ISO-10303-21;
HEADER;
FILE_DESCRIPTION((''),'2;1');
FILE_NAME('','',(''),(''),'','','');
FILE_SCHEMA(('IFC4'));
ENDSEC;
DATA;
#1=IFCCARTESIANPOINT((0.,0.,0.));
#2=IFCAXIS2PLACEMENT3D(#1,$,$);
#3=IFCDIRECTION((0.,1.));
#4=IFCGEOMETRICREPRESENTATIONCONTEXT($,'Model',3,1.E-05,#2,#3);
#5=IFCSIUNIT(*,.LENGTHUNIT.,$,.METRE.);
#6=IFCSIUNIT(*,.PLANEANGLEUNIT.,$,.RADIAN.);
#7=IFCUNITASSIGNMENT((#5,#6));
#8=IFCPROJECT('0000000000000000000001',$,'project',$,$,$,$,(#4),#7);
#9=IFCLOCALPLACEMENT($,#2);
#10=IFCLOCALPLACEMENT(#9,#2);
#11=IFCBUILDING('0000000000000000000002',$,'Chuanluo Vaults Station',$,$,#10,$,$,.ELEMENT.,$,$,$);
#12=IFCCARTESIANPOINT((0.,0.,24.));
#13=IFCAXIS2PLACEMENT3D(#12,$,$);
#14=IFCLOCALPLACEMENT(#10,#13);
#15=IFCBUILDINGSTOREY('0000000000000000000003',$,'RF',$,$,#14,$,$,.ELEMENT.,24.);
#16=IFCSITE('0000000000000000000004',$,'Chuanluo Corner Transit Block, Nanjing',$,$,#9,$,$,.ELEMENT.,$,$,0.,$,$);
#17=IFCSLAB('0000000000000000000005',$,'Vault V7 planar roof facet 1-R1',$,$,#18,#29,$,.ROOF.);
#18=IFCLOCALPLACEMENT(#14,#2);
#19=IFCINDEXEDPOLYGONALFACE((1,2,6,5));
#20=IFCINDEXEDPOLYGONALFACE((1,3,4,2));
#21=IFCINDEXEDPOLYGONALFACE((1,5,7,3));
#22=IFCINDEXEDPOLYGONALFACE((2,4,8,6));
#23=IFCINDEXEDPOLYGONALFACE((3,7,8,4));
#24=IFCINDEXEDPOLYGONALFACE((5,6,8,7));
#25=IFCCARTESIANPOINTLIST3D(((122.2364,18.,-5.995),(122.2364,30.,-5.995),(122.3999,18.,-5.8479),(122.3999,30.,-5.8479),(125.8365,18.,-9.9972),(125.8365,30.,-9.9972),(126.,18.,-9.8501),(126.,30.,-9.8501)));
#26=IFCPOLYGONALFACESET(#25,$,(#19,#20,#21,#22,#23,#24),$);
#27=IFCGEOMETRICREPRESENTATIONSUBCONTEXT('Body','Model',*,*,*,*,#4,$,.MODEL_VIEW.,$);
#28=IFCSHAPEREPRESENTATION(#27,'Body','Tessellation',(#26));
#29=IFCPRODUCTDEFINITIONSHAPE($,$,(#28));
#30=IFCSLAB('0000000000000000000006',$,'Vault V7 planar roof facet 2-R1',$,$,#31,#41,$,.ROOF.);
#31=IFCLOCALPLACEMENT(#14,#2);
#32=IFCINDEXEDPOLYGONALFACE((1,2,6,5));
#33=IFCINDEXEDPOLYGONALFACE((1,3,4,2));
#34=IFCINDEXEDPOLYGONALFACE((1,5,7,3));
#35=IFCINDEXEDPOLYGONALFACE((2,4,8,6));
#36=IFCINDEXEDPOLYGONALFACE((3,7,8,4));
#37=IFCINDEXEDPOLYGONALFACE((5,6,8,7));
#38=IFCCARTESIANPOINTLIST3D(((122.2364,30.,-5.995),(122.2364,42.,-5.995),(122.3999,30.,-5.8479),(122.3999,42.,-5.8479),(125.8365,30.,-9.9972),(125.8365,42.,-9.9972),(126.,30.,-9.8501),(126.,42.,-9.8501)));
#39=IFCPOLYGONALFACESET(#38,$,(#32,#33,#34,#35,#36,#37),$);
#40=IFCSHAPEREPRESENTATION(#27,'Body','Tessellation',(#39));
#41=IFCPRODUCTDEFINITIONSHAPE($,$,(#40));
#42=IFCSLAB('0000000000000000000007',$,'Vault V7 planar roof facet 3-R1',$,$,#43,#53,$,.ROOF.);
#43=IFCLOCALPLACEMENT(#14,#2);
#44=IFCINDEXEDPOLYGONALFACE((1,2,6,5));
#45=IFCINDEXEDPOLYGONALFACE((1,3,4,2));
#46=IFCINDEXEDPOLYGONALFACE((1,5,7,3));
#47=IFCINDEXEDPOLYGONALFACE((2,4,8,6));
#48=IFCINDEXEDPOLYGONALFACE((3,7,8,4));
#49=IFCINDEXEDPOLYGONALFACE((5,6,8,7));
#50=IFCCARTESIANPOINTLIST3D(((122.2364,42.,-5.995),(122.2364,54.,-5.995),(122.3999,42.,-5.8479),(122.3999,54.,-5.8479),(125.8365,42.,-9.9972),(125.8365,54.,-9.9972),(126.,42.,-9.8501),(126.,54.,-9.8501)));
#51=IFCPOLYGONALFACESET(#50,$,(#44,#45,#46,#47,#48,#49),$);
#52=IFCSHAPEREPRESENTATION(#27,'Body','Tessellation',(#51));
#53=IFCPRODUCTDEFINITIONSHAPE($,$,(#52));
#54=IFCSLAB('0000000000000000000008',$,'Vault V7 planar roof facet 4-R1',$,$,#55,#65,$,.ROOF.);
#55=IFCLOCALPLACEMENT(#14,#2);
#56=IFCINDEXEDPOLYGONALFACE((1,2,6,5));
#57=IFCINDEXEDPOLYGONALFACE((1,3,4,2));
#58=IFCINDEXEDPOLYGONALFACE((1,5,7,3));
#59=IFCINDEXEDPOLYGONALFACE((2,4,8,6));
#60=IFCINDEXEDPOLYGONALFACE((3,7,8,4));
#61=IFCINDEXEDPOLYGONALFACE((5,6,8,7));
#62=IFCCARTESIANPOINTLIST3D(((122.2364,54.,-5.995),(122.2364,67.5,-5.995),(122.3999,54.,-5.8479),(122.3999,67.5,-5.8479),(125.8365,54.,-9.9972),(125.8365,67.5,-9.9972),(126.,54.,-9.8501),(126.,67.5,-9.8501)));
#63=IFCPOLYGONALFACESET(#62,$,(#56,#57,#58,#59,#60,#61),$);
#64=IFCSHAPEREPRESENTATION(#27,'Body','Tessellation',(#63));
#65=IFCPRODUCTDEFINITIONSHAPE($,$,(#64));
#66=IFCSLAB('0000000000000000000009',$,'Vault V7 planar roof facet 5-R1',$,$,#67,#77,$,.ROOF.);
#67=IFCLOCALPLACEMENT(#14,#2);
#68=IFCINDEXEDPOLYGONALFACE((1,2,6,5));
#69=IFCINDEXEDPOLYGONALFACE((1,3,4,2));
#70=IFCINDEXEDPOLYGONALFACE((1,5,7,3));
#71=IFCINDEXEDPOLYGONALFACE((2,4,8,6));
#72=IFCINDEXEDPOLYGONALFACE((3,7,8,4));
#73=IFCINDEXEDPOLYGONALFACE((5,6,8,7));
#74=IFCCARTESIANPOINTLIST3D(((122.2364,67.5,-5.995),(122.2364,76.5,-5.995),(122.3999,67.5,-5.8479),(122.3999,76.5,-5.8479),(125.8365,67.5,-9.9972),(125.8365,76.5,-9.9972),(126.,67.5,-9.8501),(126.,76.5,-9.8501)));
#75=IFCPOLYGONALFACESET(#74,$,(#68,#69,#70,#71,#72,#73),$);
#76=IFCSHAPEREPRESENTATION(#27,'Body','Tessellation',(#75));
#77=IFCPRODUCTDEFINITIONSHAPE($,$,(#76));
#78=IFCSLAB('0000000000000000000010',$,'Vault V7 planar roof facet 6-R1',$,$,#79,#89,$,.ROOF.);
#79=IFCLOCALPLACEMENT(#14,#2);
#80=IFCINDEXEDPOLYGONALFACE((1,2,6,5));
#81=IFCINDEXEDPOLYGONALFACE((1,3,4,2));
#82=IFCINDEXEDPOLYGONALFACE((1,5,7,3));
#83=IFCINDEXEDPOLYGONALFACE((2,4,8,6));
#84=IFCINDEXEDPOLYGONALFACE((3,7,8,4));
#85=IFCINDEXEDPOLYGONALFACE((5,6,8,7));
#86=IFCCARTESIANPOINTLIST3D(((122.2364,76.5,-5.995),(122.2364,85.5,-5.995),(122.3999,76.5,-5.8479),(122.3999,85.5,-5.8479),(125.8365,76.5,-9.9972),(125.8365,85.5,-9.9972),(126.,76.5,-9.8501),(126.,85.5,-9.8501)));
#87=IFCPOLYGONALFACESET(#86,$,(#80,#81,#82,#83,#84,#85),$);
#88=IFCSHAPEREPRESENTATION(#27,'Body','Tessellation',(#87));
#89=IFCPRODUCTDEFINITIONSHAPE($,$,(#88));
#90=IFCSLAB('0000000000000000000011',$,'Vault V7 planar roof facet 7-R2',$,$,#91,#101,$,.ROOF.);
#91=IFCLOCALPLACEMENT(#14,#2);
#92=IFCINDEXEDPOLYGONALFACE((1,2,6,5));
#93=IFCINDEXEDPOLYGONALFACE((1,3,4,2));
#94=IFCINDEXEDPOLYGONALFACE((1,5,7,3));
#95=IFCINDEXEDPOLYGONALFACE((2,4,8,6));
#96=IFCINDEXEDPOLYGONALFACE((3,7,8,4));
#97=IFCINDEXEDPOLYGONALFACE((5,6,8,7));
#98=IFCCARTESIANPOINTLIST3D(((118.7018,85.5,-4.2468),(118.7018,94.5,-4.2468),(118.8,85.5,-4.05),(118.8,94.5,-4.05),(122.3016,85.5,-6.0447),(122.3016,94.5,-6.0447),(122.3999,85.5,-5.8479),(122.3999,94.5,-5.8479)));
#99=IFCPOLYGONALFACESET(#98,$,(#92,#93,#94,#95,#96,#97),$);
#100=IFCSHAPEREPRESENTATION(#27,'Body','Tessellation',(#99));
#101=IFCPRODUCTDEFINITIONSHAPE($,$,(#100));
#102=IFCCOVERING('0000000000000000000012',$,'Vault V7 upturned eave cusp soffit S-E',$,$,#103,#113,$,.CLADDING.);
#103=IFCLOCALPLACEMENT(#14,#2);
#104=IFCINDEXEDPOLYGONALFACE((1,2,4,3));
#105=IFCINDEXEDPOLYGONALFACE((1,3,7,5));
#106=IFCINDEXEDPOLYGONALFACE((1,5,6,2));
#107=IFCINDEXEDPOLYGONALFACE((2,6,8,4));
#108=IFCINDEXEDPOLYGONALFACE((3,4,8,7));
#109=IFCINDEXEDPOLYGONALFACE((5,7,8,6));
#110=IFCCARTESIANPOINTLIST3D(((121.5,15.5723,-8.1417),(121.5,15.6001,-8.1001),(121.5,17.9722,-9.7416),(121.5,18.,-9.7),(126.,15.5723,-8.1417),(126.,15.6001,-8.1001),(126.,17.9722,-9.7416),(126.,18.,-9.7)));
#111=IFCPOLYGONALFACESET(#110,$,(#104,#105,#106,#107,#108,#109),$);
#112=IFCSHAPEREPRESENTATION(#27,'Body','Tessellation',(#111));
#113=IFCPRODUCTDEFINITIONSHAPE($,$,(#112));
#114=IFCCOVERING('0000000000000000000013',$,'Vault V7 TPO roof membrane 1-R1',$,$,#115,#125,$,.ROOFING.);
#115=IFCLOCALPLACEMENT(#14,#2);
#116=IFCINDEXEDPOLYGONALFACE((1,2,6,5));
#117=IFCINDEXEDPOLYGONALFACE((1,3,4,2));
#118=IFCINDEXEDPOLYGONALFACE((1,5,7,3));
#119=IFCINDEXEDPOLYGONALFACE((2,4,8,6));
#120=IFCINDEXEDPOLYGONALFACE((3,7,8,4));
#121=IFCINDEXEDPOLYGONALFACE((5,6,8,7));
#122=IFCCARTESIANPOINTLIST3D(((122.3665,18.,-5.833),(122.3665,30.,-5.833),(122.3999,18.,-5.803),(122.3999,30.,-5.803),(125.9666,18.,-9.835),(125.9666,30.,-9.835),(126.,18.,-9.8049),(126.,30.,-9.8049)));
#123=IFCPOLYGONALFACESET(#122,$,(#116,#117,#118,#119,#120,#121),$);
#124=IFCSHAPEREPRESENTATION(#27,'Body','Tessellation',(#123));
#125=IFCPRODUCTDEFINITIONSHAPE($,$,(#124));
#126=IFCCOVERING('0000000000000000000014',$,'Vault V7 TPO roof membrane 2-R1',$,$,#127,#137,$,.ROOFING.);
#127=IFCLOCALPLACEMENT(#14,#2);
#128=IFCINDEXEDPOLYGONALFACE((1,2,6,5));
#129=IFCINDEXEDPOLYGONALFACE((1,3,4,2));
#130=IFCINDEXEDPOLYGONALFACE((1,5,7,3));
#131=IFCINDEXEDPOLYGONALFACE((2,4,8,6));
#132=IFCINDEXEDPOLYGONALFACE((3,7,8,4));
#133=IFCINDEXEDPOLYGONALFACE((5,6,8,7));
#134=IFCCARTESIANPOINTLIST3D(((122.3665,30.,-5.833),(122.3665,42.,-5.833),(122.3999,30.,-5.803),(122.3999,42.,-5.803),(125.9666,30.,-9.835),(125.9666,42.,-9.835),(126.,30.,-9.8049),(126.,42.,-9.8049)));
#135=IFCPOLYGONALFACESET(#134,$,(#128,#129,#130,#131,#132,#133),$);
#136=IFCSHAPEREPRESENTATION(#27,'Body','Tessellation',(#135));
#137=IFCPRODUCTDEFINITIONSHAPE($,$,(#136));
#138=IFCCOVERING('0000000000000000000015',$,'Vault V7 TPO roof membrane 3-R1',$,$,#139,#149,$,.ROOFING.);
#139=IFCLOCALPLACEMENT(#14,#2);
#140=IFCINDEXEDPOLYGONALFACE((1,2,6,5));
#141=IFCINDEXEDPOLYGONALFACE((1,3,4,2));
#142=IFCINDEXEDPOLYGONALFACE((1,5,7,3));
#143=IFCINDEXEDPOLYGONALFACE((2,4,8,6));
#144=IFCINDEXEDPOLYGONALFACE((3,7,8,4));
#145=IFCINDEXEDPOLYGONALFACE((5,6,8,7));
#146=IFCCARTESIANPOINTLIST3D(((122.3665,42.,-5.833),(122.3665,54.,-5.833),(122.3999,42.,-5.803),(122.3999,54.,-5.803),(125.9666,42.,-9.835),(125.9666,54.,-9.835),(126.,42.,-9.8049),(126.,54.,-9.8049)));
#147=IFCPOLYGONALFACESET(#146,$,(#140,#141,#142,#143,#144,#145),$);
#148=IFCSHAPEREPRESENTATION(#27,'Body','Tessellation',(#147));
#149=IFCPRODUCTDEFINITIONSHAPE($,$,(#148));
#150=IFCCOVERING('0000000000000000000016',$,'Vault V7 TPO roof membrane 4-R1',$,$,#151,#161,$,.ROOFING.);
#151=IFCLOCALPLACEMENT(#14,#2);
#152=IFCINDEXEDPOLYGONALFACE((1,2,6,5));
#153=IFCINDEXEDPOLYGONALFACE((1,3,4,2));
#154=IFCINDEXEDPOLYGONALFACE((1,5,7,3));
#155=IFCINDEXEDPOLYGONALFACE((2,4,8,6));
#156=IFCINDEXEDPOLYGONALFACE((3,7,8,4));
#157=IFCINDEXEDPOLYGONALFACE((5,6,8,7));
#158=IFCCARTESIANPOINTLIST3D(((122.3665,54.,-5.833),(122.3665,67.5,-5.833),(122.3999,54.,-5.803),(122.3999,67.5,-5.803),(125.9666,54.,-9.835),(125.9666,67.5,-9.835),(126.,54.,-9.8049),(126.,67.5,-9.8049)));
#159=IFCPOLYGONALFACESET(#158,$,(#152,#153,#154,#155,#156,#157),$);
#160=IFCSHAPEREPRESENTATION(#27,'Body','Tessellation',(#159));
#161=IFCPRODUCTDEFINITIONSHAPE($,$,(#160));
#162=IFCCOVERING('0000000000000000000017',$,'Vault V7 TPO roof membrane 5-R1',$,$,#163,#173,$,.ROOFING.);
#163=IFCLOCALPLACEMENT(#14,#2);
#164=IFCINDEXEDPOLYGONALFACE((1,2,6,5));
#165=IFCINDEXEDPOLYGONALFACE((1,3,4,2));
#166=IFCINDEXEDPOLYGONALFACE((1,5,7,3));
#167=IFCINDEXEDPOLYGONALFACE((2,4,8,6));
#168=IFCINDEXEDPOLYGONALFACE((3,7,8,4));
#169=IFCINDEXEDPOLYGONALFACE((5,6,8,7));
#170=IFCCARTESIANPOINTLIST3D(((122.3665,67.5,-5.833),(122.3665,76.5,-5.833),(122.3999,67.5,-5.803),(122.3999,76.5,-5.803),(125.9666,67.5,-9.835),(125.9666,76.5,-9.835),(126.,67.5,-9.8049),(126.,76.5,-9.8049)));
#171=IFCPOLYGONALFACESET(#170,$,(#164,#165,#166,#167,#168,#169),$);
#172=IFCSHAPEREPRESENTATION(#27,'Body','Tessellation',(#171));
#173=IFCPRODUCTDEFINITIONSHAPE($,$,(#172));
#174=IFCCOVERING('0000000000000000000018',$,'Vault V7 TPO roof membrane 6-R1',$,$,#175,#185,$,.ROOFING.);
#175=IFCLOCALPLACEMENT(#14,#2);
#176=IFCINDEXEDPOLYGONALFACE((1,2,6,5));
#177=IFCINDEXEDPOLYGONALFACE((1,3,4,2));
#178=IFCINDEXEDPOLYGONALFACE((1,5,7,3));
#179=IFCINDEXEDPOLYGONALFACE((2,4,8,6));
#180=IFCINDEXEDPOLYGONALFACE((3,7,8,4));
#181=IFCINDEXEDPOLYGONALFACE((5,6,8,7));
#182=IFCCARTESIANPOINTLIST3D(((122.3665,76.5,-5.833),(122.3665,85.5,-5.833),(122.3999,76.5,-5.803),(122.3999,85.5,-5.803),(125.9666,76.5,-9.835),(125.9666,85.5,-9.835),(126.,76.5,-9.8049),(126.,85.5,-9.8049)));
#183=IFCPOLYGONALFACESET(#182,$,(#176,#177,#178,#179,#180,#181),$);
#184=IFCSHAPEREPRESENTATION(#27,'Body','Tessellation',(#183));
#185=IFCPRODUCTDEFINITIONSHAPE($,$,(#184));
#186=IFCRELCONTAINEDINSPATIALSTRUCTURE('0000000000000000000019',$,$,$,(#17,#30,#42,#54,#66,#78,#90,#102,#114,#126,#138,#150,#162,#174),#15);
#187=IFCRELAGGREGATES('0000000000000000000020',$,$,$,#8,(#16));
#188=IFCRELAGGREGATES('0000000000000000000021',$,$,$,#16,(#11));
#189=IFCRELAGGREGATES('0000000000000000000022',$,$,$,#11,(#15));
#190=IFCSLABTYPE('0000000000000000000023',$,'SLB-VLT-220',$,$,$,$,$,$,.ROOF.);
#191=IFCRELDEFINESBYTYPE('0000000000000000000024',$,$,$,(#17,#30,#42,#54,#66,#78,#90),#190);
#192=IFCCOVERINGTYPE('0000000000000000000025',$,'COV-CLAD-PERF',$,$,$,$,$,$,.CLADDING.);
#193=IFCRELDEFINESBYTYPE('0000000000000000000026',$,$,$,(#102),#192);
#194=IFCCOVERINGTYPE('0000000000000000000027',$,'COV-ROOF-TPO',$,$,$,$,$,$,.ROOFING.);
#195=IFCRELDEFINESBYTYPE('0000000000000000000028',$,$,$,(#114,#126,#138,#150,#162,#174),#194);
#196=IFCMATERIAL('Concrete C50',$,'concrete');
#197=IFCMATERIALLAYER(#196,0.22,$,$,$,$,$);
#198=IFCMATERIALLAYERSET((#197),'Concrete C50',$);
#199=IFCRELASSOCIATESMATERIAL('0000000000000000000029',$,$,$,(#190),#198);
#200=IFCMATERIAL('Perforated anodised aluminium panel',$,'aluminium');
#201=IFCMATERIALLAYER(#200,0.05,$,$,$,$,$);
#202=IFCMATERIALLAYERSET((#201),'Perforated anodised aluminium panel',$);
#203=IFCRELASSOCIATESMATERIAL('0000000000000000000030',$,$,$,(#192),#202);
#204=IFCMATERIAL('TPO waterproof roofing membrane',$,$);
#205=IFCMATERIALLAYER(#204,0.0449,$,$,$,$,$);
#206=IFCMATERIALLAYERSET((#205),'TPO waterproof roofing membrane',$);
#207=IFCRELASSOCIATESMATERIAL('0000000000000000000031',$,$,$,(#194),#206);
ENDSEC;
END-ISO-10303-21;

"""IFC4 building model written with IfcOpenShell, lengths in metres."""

from ifc_helpers import new_model, si_unit, direction, frame, origin, place, context, subcontext, project, spatial, polyline, outline, extrude, material, layer, layer_set, type_object, element, save


model = new_model("IFC4")

# Units and contexts
model_context = context("Model", 3, precision=1e-05, world=origin(), true_north=direction((0.0, 1.0)))
body_context = subcontext(model_context, "Body", "Model", "MODEL_VIEW")
ifc_project = project(units=[si_unit("LENGTHUNIT", "METRE"), si_unit("PLANEANGLEUNIT", "RADIAN")], contexts=[model_context])

# Site, building, storey
site_placement = place(None, origin())
site = spatial("IfcSite", under=ifc_project, at=site_placement, Name="Chuanluo Corner Transit Block, Nanjing", CompositionType="ELEMENT", RefElevation=0.0)
building_placement = place(site_placement, origin())
building = spatial("IfcBuilding", under=site, at=building_placement, Name="Chuanluo Vaults Station", CompositionType="ELEMENT")
storey_placement = place(building_placement, frame((0.0, 0.0, 24.0)))
storey = spatial("IfcBuildingStorey", under=building, at=storey_placement, Name="RF", CompositionType="ELEMENT", Elevation=24.0)

# Slabs
ifc_material_1 = material(Name="Concrete C50", Category="concrete")
ifc_layer_1 = layer(ifc_material_1, 0.22)
ifc_layer_set_1 = layer_set([ifc_layer_1], Name="Concrete C50")
slab_type = type_object("IfcSlabType", Name="SLB-VLT-220", PredefinedType="ROOF", material=ifc_layer_set_1)
for number, where, z_axis, x_axis, name in (
    (1, (122.3999, 18.0, -5.8479), (0.743468, 0.0, 0.668772), (0.668772, 0.0, -0.743468), "Vault V7 planar roof facet 1-R1"),
    (2, (122.3999, 30.0, -5.8479), (0.743468, 0.0, 0.668772), (0.668772, 0.0, -0.743468), "Vault V7 planar roof facet 2-R1"),
    (3, (122.3999, 42.0, -5.8479), (0.743468, 0.0, 0.668772), (0.668772, 0.0, -0.743468), "Vault V7 planar roof facet 3-R1"),
):
    element("IfcSlab", number, at=place(storey_placement, frame(where, z_axis=z_axis, x_axis=x_axis)), inside=storey, type_object=slab_type, Name=name, PredefinedType="ROOF", context=body_context, shape_type="SweptSolid", body=[
        extrude(outline(polyline([(0.0, 0.0), (5.3831, 0.0), (5.3831, 12.0), (0.0, 12.0), (0.0, 0.0)])), origin(), (0.0, 0.0, -1.0), 0.22),
    ])
slab_1_placement = place(storey_placement, frame((122.3999, 54.0, -5.8479), z_axis=(0.743468, 0.0, 0.668772), x_axis=(0.668772, 0.0, -0.743468)))
element("IfcSlab", 4, at=slab_1_placement, inside=storey, type_object=slab_type, Name="Vault V7 planar roof facet 4-R1", PredefinedType="ROOF", context=body_context, shape_type="SweptSolid", body=[
    extrude(outline(polyline([(0.0, 0.0), (5.3831, 0.0), (5.3831, 13.5), (0.0, 13.5), (0.0, 0.0)])), origin(), (0.0, 0.0, -1.0), 0.22),
])
for number, where, z_axis, x_axis, name in (
    (5, (122.3999, 67.5, -5.8479), (0.743468, 0.0, 0.668772), (0.668772, 0.0, -0.743468), "Vault V7 planar roof facet 5-R1"),
    (6, (122.3999, 76.5, -5.8479), (0.743468, 0.0, 0.668772), (0.668772, 0.0, -0.743468), "Vault V7 planar roof facet 6-R1"),
):
    element("IfcSlab", number, at=place(storey_placement, frame(where, z_axis=z_axis, x_axis=x_axis)), inside=storey, type_object=slab_type, Name=name, PredefinedType="ROOF", context=body_context, shape_type="SweptSolid", body=[
        extrude(outline(polyline([(0.0, 0.0), (5.3831, 0.0), (5.3831, 9.0), (0.0, 9.0), (0.0, 0.0)])), origin(), (0.0, 0.0, -1.0), 0.22),
    ])
slab_2_placement = place(storey_placement, frame((118.8, 85.5, -4.05), z_axis=(0.446801, 0.0, 0.894633), x_axis=(0.894633, 0.0, -0.446801)))
element("IfcSlab", 7, at=slab_2_placement, inside=storey, type_object=slab_type, Name="Vault V7 planar roof facet 7-R2", PredefinedType="ROOF", context=body_context, shape_type="SweptSolid", body=[
    extrude(outline(polyline([(0.0, 0.0), (4.0238, 0.0), (4.0238, 9.0), (0.0, 9.0), (0.0, 0.0)])), origin(), (0.0, 0.0, -1.0), 0.22),
])

# Coverings
ifc_material_2 = material(Name="Perforated anodised aluminium panel", Category="aluminium")
ifc_layer_2 = layer(ifc_material_2, 0.05)
ifc_layer_set_2 = layer_set([ifc_layer_2], Name="Perforated anodised aluminium panel")
covering_type_1 = type_object("IfcCoveringType", Name="COV-CLAD-PERF", PredefinedType="CLADDING", material=ifc_layer_set_2)
covering_1_placement = place(storey_placement, frame((121.5, 18.0, -9.7), z_axis=(0.0, 0.554681, 0.832063), x_axis=(1.0, 0.0, 0.0)))
element("IfcCovering", 8, at=covering_1_placement, inside=storey, type_object=covering_type_1, Name="Vault V7 upturned eave cusp soffit S-E", PredefinedType="CLADDING", context=body_context, shape_type="SweptSolid", body=[
    extrude(outline(polyline([(0.0, 0.0), (4.5, 0.0), (4.5, -2.8843), (0.0, -2.8843), (0.0, 0.0)])), origin(), (0.0, 0.0, -1.0), 0.05),
])
ifc_material_3 = material(Name="TPO waterproof roofing membrane")
ifc_layer_3 = layer(ifc_material_3, 0.0449)
ifc_layer_set_3 = layer_set([ifc_layer_3], Name="TPO waterproof roofing membrane")
covering_type_2 = type_object("IfcCoveringType", Name="COV-ROOF-TPO", PredefinedType="ROOFING", material=ifc_layer_set_3)
for number, where, z_axis, x_axis, name in (
    (9, (122.3999, 18.0, -5.803), (0.743447, 0.0, 0.668794), (0.668794, 0.0, -0.743447), "Vault V7 TPO roof membrane 1-R1"),
    (10, (122.3999, 30.0, -5.803), (0.743447, 0.0, 0.668794), (0.668794, 0.0, -0.743447), "Vault V7 TPO roof membrane 2-R1"),
    (11, (122.3999, 42.0, -5.803), (0.743447, 0.0, 0.668794), (0.668794, 0.0, -0.743447), "Vault V7 TPO roof membrane 3-R1"),
):
    element("IfcCovering", number, at=place(storey_placement, frame(where, z_axis=z_axis, x_axis=x_axis)), inside=storey, type_object=covering_type_2, Name=name, PredefinedType="ROOFING", context=body_context, shape_type="SweptSolid", body=[
        extrude(outline(polyline([(0.0, 0.0), (5.383, 0.0), (5.383, 12.0), (0.0, 12.0), (0.0, 0.0)])), origin(), (0.0, 0.0, -1.0), 0.0449),
    ])
covering_2_placement = place(storey_placement, frame((122.3999, 54.0, -5.803), z_axis=(0.743447, 0.0, 0.668794), x_axis=(0.668794, 0.0, -0.743447)))
element("IfcCovering", 12, at=covering_2_placement, inside=storey, type_object=covering_type_2, Name="Vault V7 TPO roof membrane 4-R1", PredefinedType="ROOFING", context=body_context, shape_type="SweptSolid", body=[
    extrude(outline(polyline([(0.0, 0.0), (5.383, 0.0), (5.383, 13.5), (0.0, 13.5), (0.0, 0.0)])), origin(), (0.0, 0.0, -1.0), 0.0449),
])
for number, where, z_axis, x_axis, name in (
    (13, (122.3999, 67.5, -5.803), (0.743447, 0.0, 0.668794), (0.668794, 0.0, -0.743447), "Vault V7 TPO roof membrane 5-R1"),
    (14, (122.3999, 76.5, -5.803), (0.743447, 0.0, 0.668794), (0.668794, 0.0, -0.743447), "Vault V7 TPO roof membrane 6-R1"),
):
    element("IfcCovering", number, at=place(storey_placement, frame(where, z_axis=z_axis, x_axis=x_axis)), inside=storey, type_object=covering_type_2, Name=name, PredefinedType="ROOFING", context=body_context, shape_type="SweptSolid", body=[
        extrude(outline(polyline([(0.0, 0.0), (5.383, 0.0), (5.383, 9.0), (0.0, 9.0), (0.0, 0.0)])), origin(), (0.0, 0.0, -1.0), 0.0449),
    ])

save(model, "model.ifc")
